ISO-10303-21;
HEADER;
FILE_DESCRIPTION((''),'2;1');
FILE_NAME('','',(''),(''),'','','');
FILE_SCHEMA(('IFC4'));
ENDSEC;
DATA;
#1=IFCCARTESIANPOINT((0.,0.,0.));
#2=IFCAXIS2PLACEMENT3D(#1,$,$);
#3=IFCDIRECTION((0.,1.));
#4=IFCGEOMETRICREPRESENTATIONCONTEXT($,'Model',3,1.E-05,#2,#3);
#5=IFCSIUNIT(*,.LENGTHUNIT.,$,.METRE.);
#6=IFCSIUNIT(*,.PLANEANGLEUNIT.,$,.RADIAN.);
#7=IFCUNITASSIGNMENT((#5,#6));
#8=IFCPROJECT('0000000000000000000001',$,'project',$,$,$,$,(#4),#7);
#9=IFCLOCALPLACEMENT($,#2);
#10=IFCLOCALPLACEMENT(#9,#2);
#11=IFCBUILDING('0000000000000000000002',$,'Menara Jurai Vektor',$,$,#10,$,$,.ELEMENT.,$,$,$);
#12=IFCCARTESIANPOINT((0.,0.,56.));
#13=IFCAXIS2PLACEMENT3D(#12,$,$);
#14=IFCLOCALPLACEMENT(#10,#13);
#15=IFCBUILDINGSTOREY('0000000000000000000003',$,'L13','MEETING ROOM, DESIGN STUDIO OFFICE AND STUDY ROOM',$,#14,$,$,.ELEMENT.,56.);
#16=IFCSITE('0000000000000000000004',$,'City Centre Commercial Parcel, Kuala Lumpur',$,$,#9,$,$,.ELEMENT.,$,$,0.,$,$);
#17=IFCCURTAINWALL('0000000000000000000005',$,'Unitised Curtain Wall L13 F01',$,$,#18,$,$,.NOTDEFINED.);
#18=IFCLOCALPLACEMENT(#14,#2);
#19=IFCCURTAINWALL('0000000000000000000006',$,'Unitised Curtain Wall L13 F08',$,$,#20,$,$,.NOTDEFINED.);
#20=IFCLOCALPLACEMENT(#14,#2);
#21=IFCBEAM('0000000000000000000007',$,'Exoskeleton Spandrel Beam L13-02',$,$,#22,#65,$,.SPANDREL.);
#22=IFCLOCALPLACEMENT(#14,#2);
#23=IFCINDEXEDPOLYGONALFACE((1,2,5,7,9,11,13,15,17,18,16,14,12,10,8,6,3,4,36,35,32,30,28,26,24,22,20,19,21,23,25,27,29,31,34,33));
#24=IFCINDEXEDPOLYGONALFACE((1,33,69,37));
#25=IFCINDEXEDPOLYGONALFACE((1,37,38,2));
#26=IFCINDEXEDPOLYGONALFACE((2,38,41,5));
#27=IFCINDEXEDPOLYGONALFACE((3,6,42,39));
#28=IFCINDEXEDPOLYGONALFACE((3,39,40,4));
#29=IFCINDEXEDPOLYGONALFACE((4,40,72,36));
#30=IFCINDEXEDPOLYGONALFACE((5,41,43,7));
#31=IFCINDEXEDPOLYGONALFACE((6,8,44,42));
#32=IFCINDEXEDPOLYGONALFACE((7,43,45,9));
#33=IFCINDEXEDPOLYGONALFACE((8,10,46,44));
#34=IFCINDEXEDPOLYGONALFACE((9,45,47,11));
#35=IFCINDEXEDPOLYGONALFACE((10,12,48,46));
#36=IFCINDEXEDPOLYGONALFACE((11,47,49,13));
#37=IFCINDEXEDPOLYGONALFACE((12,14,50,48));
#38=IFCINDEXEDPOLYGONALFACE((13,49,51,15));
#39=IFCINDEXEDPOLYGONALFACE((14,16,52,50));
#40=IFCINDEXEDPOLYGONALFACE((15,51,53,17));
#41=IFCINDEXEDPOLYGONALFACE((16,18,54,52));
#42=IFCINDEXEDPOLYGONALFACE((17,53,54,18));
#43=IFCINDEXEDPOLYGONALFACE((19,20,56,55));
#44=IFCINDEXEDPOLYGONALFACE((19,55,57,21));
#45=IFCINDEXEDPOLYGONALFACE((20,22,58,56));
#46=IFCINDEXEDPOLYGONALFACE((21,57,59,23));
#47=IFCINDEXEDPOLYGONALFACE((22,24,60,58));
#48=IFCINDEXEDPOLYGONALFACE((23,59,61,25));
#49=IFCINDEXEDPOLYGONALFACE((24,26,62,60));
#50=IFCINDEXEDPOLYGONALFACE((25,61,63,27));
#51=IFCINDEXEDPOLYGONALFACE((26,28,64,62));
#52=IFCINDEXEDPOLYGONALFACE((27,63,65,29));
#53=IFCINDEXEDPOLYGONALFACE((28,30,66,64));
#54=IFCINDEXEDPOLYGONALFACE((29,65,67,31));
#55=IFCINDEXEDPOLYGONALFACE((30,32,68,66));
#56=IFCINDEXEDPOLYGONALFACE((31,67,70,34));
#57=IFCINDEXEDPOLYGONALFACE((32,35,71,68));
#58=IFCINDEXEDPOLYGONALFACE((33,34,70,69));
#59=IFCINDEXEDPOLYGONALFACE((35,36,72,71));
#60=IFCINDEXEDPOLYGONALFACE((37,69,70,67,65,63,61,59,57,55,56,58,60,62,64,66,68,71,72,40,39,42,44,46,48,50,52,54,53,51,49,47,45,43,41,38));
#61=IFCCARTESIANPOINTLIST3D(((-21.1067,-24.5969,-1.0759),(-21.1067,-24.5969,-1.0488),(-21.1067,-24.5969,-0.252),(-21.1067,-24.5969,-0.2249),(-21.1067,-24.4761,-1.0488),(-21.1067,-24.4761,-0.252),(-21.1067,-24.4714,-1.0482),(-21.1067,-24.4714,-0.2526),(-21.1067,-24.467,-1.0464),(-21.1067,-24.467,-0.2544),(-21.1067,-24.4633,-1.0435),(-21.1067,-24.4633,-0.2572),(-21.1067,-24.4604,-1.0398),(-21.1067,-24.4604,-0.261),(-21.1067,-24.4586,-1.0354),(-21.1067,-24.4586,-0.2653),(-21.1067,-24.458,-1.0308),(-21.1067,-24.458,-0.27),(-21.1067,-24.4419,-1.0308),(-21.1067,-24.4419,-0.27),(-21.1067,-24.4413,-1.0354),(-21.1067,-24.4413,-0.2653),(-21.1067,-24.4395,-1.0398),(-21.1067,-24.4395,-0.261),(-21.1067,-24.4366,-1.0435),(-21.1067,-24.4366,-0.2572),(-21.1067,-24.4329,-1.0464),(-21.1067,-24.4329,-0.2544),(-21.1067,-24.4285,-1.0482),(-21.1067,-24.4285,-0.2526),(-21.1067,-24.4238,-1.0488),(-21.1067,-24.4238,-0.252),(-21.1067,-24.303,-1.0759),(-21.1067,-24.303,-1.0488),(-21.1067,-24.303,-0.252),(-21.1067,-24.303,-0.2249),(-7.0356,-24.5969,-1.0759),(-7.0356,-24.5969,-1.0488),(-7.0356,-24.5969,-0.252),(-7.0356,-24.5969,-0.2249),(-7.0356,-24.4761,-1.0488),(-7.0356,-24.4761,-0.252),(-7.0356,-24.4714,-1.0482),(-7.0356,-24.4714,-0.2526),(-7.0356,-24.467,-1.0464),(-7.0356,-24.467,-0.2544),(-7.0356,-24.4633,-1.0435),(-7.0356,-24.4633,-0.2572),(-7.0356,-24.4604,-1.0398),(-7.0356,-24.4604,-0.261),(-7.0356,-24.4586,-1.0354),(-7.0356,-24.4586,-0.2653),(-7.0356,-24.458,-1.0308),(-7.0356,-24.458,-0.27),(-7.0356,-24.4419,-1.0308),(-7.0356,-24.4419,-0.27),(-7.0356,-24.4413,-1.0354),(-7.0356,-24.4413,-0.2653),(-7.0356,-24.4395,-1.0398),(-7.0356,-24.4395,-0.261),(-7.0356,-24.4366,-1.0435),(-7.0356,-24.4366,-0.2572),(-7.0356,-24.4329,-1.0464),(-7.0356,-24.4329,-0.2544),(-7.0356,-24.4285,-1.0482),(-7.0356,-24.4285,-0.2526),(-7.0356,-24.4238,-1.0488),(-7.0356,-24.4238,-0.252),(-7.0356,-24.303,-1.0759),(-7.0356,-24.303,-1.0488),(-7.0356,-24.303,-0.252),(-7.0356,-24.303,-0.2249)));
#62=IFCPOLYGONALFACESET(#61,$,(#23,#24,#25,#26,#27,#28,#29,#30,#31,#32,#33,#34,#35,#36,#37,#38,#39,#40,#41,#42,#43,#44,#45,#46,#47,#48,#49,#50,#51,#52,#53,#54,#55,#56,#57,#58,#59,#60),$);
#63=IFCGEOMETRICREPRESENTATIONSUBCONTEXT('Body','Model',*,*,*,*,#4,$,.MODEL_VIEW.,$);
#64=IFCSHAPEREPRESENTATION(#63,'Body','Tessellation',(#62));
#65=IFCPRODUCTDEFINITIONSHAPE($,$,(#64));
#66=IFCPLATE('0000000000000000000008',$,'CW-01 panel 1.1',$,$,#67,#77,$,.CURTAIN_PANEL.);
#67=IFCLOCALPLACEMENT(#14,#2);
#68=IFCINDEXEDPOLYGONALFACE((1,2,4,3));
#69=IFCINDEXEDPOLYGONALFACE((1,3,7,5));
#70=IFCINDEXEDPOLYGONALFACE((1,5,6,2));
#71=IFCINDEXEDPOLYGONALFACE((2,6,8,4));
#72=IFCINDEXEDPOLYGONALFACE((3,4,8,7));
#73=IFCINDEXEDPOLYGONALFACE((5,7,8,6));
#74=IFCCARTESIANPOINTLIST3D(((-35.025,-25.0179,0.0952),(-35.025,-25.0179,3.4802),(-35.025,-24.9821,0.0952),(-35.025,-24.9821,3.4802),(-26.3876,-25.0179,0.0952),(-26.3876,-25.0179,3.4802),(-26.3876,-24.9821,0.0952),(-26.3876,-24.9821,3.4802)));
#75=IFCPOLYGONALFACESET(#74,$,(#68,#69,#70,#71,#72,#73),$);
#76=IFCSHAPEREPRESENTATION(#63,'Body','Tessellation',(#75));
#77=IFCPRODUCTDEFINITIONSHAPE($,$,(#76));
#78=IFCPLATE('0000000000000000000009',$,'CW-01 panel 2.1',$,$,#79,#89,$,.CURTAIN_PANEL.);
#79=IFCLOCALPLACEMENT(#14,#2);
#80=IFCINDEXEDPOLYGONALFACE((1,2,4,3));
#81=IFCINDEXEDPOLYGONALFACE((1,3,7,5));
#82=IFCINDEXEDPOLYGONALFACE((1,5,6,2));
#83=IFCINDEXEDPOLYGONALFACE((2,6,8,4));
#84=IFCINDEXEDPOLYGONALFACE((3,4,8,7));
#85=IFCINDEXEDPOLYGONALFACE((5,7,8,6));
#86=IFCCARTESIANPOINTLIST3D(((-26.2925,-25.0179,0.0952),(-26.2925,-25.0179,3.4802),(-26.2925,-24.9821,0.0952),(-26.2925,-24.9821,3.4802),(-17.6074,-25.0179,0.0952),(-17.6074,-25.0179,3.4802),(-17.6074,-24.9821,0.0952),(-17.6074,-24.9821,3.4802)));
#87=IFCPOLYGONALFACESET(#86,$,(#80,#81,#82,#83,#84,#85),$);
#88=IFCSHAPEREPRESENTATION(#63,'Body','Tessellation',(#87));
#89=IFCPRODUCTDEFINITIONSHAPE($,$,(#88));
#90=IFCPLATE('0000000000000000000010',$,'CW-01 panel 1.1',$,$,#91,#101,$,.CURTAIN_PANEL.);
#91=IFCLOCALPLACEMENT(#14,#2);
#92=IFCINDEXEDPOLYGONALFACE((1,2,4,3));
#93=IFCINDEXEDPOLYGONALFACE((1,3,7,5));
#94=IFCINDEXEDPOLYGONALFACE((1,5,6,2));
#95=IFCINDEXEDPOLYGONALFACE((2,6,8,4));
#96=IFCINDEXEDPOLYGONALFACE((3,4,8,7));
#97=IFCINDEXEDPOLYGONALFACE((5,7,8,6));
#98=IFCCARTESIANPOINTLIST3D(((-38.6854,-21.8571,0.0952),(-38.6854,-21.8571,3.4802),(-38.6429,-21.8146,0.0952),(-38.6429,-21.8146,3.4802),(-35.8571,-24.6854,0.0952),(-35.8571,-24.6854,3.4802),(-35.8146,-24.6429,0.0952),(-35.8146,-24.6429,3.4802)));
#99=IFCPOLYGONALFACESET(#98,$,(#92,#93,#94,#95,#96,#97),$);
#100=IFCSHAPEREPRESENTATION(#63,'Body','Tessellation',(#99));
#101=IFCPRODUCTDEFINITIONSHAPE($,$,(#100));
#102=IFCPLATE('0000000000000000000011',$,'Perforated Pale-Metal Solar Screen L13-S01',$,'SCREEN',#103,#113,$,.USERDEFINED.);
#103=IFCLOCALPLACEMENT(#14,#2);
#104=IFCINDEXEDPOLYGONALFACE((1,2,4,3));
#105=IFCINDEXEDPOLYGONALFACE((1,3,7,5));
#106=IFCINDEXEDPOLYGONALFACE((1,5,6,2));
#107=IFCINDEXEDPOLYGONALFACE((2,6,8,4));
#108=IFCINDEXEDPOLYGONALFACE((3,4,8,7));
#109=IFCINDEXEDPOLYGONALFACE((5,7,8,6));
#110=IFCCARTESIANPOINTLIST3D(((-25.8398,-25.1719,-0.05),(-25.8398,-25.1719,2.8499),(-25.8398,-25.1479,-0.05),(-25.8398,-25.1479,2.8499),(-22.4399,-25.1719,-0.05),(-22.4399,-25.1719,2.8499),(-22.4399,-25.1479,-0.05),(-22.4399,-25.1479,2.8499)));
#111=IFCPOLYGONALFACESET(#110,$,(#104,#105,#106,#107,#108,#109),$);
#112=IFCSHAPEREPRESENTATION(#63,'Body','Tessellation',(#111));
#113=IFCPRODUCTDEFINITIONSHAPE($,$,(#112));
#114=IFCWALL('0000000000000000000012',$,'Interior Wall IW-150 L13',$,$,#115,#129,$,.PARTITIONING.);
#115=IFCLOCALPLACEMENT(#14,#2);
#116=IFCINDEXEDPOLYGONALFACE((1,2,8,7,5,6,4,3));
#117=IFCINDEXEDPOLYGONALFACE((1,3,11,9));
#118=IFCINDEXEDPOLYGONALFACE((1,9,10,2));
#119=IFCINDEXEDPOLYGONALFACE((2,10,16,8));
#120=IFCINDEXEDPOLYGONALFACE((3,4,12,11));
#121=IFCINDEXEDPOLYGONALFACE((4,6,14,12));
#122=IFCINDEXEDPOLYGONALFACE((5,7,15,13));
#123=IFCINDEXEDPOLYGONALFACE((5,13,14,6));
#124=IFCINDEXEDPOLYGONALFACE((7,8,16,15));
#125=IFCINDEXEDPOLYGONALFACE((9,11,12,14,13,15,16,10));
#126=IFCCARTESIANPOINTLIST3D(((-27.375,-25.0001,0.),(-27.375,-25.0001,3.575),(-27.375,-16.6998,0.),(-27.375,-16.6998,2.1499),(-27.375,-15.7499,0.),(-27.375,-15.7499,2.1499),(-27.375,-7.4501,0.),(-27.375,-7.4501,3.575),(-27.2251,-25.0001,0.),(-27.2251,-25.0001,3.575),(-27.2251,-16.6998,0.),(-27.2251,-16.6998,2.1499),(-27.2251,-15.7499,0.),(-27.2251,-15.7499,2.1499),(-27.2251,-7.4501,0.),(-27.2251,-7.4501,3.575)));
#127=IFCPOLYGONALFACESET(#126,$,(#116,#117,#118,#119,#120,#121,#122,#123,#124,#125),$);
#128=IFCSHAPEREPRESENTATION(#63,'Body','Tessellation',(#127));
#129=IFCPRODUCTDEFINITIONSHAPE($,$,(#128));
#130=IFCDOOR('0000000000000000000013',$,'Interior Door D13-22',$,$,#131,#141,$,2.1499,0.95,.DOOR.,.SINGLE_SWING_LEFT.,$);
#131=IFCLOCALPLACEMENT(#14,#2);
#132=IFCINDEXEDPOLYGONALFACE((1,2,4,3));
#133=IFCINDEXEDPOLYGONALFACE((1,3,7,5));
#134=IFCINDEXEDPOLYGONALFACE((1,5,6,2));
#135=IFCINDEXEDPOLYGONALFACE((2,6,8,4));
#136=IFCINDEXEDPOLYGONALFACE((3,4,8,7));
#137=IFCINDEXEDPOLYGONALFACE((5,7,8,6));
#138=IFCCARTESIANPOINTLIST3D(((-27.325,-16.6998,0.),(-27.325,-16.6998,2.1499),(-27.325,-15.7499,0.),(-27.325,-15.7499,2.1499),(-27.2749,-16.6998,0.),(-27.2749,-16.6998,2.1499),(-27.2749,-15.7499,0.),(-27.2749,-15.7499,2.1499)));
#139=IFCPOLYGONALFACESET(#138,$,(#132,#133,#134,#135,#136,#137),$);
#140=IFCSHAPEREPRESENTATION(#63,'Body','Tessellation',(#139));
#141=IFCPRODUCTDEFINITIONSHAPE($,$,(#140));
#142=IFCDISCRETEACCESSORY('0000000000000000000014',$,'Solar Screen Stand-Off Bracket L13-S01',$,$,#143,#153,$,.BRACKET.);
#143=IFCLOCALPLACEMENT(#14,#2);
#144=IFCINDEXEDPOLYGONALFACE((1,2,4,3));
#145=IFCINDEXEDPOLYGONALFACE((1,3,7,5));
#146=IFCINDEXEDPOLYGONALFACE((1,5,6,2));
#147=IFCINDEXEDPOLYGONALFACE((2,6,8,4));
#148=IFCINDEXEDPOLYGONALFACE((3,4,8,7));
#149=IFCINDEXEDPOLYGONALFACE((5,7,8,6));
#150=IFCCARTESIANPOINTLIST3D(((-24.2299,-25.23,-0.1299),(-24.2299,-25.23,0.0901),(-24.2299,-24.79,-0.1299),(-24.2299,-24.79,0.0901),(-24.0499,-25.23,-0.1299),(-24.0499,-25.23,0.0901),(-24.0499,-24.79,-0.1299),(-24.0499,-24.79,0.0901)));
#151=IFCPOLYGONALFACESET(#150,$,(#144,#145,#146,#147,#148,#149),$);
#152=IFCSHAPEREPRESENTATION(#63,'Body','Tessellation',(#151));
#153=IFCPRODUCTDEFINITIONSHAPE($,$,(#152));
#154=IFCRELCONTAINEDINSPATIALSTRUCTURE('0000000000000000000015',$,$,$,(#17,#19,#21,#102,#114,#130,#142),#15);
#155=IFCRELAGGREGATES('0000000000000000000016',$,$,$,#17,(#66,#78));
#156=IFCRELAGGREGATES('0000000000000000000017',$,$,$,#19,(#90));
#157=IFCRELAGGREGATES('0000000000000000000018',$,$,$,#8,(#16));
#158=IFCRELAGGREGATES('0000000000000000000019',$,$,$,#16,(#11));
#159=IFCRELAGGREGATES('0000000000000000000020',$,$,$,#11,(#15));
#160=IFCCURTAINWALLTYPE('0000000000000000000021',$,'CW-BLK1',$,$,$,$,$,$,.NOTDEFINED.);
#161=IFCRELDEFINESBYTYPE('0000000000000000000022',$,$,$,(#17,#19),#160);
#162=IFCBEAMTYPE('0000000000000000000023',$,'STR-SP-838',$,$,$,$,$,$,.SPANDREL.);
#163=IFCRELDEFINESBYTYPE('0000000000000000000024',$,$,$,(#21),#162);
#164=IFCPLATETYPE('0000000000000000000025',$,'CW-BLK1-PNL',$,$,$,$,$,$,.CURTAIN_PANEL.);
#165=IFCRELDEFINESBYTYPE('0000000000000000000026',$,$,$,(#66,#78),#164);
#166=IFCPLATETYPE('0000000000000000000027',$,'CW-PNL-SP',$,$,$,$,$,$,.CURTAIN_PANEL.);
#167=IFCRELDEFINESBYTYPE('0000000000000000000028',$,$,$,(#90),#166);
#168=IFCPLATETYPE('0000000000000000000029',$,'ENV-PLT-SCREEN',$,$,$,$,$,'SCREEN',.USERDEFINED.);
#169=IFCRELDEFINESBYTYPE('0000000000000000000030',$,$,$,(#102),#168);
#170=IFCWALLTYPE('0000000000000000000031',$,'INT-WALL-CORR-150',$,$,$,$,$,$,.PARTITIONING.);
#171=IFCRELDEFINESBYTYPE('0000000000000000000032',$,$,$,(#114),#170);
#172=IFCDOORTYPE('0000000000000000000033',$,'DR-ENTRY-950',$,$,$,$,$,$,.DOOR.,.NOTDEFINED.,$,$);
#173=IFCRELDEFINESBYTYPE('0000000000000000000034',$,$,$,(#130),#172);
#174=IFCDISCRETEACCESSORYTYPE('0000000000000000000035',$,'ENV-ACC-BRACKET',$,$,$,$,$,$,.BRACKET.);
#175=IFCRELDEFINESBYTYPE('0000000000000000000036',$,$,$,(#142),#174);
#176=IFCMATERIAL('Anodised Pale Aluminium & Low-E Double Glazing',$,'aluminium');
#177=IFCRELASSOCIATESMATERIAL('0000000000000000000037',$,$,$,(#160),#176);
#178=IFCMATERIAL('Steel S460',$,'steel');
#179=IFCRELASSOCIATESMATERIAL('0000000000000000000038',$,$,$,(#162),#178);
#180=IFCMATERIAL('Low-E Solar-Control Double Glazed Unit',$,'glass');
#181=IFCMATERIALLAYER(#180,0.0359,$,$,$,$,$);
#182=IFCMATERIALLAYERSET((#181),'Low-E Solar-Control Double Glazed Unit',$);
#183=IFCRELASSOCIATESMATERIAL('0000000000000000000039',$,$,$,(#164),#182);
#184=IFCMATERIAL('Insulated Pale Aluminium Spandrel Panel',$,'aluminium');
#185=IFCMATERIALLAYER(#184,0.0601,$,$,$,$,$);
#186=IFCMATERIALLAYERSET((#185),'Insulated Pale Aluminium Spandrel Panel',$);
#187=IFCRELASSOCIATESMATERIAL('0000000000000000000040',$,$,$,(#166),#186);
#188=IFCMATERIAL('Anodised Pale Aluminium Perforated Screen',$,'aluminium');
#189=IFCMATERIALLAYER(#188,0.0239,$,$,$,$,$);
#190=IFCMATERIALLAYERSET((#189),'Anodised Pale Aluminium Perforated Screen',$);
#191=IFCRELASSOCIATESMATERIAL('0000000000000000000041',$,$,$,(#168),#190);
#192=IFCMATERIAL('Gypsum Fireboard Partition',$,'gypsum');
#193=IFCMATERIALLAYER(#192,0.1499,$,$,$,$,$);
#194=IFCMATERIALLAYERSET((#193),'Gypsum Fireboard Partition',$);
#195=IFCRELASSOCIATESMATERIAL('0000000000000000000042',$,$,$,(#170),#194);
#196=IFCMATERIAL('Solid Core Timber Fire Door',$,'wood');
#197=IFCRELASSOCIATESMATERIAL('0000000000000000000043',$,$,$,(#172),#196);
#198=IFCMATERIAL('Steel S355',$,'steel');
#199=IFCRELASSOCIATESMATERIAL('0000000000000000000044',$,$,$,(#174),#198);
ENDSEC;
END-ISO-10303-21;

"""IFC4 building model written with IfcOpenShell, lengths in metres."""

from ifc_helpers import new_model, si_unit, direction, frame, frame_2d, origin, origin_2d, place, context, subcontext, project, spatial, rectangle, i_section, extrude, material, layer, layer_set, material_profile, profile_set, type_object, element, fill, aggregate, save


model = new_model("IFC4")

# Units and contexts
model_context = context("Model", 3, precision=1e-05, world=origin(), true_north=direction((0.0, 1.0)))
body_context = subcontext(model_context, "Body", "Model", "MODEL_VIEW")
ifc_project = project(units=[si_unit("LENGTHUNIT", "METRE"), si_unit("PLANEANGLEUNIT", "RADIAN")], contexts=[model_context])

# Site, building, storey
site_placement = place(None, origin())
site = spatial("IfcSite", under=ifc_project, at=site_placement, Name="City Centre Commercial Parcel, Kuala Lumpur", CompositionType="ELEMENT", RefElevation=0.0)
building_placement = place(site_placement, origin())
building = spatial("IfcBuilding", under=site, at=building_placement, Name="Menara Jurai Vektor", CompositionType="ELEMENT")
storey_placement = place(building_placement, frame((0.0, 0.0, 56.0)))
storey = spatial("IfcBuildingStorey", under=building, at=storey_placement, Name="L13", Description="MEETING ROOM, DESIGN STUDIO OFFICE AND STUDY ROOM", CompositionType="ELEMENT", Elevation=56.0)

# Shared definitions
ifc_material_1 = material(Name="Steel S460", Category="steel")

# Curtain wall
ifc_material_2 = material(Name="Anodised Pale Aluminium & Low-E Double Glazing", Category="aluminium")
curtain_wall_type = type_object("IfcCurtainWallType", Name="CW-BLK1", PredefinedType="NOTDEFINED", material=ifc_material_2)
curtain_wall_1_placement = place(storey_placement, origin())
curtain_wall_1 = element("IfcCurtainWall", 1, at=curtain_wall_1_placement, inside=storey, type_object=curtain_wall_type, Name="Unitised Curtain Wall L13 F01", PredefinedType="NOTDEFINED")

# Curtain wall
curtain_wall_2_placement = place(storey_placement, origin())
curtain_wall_2 = element("IfcCurtainWall", 2, at=curtain_wall_2_placement, inside=storey, type_object=curtain_wall_type, Name="Unitised Curtain Wall L13 F08", PredefinedType="NOTDEFINED")

# Shared definitions
ifc_material_3 = material(Name="Steel S355", Category="steel")

# Beam
ifc_material_profile_1 = material_profile(ifc_material_1, i_section(OverallWidth=0.2939, OverallDepth=0.8511, WebThickness=0.0161, FlangeThickness=0.0271, FilletRadius=0.0181, at=origin_2d()), Name="UKB 838x292x226")
ifc_profile_set_1 = profile_set([ifc_material_profile_1], Name="Steel S460")
beam_type_1 = type_object("IfcBeamType", Name="STR-SP-838", PredefinedType="SPANDREL", material=ifc_profile_set_1)
for number, where, z_axis, x_axis, name in (
    (3, (-21.1067, -24.45, -0.6504), (1.0, 0.0, 0.0), (0.0, 1.0, 0.0), "Exoskeleton Spandrel Beam L13-02"),
):
    element("IfcBeam", number, at=place(storey_placement, frame(where, z_axis=z_axis, x_axis=x_axis)), inside=storey, type_object=beam_type_1, Name=name, PredefinedType="SPANDREL", context=body_context, shape_type="SweptSolid", body=[
        extrude(i_section(OverallWidth=0.2939, OverallDepth=0.8511, WebThickness=0.0161, FlangeThickness=0.0271, FilletRadius=0.0181, at=origin_2d()), origin(), (0.0, 0.0, 1.0), 14.071),
    ])

# Plates
ifc_material_4 = material(Name="Low-E Solar-Control Double Glazed Unit", Category="glass")
ifc_layer_1 = layer(ifc_material_4, 0.0359)
ifc_layer_set_1 = layer_set([ifc_layer_1], Name="Low-E Solar-Control Double Glazed Unit")
plate_type_1 = type_object("IfcPlateType", Name="CW-BLK1-PNL", PredefinedType="CURTAIN_PANEL", material=ifc_layer_set_1)
plate_1_placement = place(storey_placement, frame((-30.7063, -25.0, 0.0952), z_axis=(0.0, 0.0, 1.0), x_axis=(1.0, 0.0, 0.0)))
plate_1 = element("IfcPlate", 4, at=plate_1_placement, type_object=plate_type_1, Name="CW-01 panel 1.1", PredefinedType="CURTAIN_PANEL", context=body_context, shape_type="SweptSolid", body=[
    extrude(rectangle(XDim=8.6375, YDim=0.0359, at=origin_2d()), origin(), (0.0, 0.0, 1.0), 3.385),
])
plate_2_placement = place(storey_placement, frame((-21.95, -25.0, 0.0952), z_axis=(0.0, 0.0, 1.0), x_axis=(1.0, 0.0, 0.0)))
plate_2 = element("IfcPlate", 5, at=plate_2_placement, type_object=plate_type_1, Name="CW-01 panel 2.1", PredefinedType="CURTAIN_PANEL", context=body_context, shape_type="SweptSolid", body=[
    extrude(rectangle(XDim=8.6851, YDim=0.0359, at=origin_2d()), origin(), (0.0, 0.0, 1.0), 3.385),
])
aggregate(curtain_wall_1, [plate_1, plate_2])
ifc_material_5 = material(Name="Insulated Pale Aluminium Spandrel Panel", Category="aluminium")
ifc_layer_2 = layer(ifc_material_5, 0.0601)
ifc_layer_set_2 = layer_set([ifc_layer_2], Name="Insulated Pale Aluminium Spandrel Panel")
plate_type_2 = type_object("IfcPlateType", Name="CW-PNL-SP", PredefinedType="CURTAIN_PANEL", material=ifc_layer_set_2)
plate_3_placement = place(storey_placement, frame((-37.25, -23.25, 0.0952), z_axis=(0.0, 0.0, 1.0), x_axis=(0.707107, -0.707107, 0.0)))
plate_3 = element("IfcPlate", 6, at=plate_3_placement, type_object=plate_type_2, Name="CW-01 panel 1.1", PredefinedType="CURTAIN_PANEL", context=body_context, shape_type="SweptSolid", body=[
    extrude(rectangle(XDim=3.9998, YDim=0.0601, at=origin_2d()), origin(), (0.0, 0.0, 1.0), 3.385),
])
aggregate(curtain_wall_2, [plate_3])
ifc_material_6 = material(Name="Anodised Pale Aluminium Perforated Screen", Category="aluminium")
ifc_layer_3 = layer(ifc_material_6, 0.0239)
ifc_layer_set_3 = layer_set([ifc_layer_3], Name="Anodised Pale Aluminium Perforated Screen")
plate_type_3 = type_object("IfcPlateType", Name="ENV-PLT-SCREEN", ElementType="SCREEN", PredefinedType="USERDEFINED", material=ifc_layer_set_3)
plate_4_placement = place(storey_placement, frame((-24.1399, -25.1599, -0.05), z_axis=(0.0, 0.0, 1.0), x_axis=(1.0, 0.0, 0.0)))
element("IfcPlate", 7, at=plate_4_placement, inside=storey, type_object=plate_type_3, Name="Perforated Pale-Metal Solar Screen L13-S01", ObjectType="SCREEN", PredefinedType="USERDEFINED", context=body_context, shape_type="SweptSolid", body=[
    extrude(rectangle(XDim=3.3999, YDim=0.0239, at=origin_2d()), origin(), (0.0, 0.0, 1.0), 2.8999),
])

# Wall, opening, door
ifc_material_7 = material(Name="Gypsum Fireboard Partition", Category="gypsum")
ifc_layer_4 = layer(ifc_material_7, 0.1499)
ifc_layer_set_4 = layer_set([ifc_layer_4], Name="Gypsum Fireboard Partition")
wall_type = type_object("IfcWallType", Name="INT-WALL-CORR-150", PredefinedType="PARTITIONING", material=ifc_layer_set_4)
wall_placement = place(storey_placement, frame((-27.3, -25.0, 0.0), z_axis=(0.0, 0.0, 1.0), x_axis=(0.0, 1.0, 0.0)))
wall = element("IfcWall", 8, at=wall_placement, inside=storey, type_object=wall_type, Name="Interior Wall IW-150 L13", PredefinedType="PARTITIONING", context=body_context, shape_type="SweptSolid", body=[
    extrude(rectangle(XDim=17.55, YDim=0.1499, at=frame_2d((8.7749, 0.0))), origin(), (0.0, 0.0, 1.0), 3.575),
])
opening_placement = place(wall_placement, frame((8.3, 0.0, 0.0)))
opening = element("IfcOpeningElement", 9, at=opening_placement, cuts=wall, PredefinedType="OPENING", context=body_context, shape_type="SweptSolid", body=[
    extrude(rectangle(XDim=0.95, YDim=2.1499, at=frame_2d((0.4751, 1.075))), frame((0.0, 0.085, 0.0), z_axis=(0.0, -1.0, 0.0), x_axis=(1.0, 0.0, 0.0)), (0.0, 0.0, 1.0), 0.1699),
])
ifc_material_8 = material(Name="Solid Core Timber Fire Door", Category="wood")
door_type = type_object("IfcDoorType", Name="DR-ENTRY-950", OperationType="NOTDEFINED", PredefinedType="DOOR", material=ifc_material_8)
door_placement = place(opening_placement, origin())
door = element("IfcDoor", 10, at=door_placement, inside=storey, type_object=door_type, Name="Interior Door D13-22", OperationType="SINGLE_SWING_LEFT", OverallHeight=2.1499, OverallWidth=0.95, PredefinedType="DOOR", context=body_context, shape_type="SweptSolid", body=[
    extrude(rectangle(XDim=0.95, YDim=2.1499, at=frame_2d((0.4751, 1.075))), frame((0.0, 0.0249, 0.0), z_axis=(0.0, -1.0, 0.0), x_axis=(1.0, 0.0, 0.0)), (0.0, 0.0, 1.0), 0.05),
])
fill(opening, door)

# Discrete accessory
discrete_accessory_type = type_object("IfcDiscreteAccessoryType", Name="ENV-ACC-BRACKET", PredefinedType="BRACKET", material=ifc_material_3)
discrete_accessory_placement = place(storey_placement, frame((-24.1399, -25.01, -0.1299), z_axis=(0.0, 0.0, 1.0), x_axis=(1.0, 0.0, 0.0)))
element("IfcDiscreteAccessory", 11, at=discrete_accessory_placement, inside=storey, type_object=discrete_accessory_type, Name="Solar Screen Stand-Off Bracket L13-S01", PredefinedType="BRACKET", context=body_context, shape_type="SweptSolid", body=[
    extrude(rectangle(XDim=0.1799, YDim=0.4399, at=origin_2d()), origin(), (0.0, 0.0, 1.0), 0.22),
])

save(model, "model.ifc")
